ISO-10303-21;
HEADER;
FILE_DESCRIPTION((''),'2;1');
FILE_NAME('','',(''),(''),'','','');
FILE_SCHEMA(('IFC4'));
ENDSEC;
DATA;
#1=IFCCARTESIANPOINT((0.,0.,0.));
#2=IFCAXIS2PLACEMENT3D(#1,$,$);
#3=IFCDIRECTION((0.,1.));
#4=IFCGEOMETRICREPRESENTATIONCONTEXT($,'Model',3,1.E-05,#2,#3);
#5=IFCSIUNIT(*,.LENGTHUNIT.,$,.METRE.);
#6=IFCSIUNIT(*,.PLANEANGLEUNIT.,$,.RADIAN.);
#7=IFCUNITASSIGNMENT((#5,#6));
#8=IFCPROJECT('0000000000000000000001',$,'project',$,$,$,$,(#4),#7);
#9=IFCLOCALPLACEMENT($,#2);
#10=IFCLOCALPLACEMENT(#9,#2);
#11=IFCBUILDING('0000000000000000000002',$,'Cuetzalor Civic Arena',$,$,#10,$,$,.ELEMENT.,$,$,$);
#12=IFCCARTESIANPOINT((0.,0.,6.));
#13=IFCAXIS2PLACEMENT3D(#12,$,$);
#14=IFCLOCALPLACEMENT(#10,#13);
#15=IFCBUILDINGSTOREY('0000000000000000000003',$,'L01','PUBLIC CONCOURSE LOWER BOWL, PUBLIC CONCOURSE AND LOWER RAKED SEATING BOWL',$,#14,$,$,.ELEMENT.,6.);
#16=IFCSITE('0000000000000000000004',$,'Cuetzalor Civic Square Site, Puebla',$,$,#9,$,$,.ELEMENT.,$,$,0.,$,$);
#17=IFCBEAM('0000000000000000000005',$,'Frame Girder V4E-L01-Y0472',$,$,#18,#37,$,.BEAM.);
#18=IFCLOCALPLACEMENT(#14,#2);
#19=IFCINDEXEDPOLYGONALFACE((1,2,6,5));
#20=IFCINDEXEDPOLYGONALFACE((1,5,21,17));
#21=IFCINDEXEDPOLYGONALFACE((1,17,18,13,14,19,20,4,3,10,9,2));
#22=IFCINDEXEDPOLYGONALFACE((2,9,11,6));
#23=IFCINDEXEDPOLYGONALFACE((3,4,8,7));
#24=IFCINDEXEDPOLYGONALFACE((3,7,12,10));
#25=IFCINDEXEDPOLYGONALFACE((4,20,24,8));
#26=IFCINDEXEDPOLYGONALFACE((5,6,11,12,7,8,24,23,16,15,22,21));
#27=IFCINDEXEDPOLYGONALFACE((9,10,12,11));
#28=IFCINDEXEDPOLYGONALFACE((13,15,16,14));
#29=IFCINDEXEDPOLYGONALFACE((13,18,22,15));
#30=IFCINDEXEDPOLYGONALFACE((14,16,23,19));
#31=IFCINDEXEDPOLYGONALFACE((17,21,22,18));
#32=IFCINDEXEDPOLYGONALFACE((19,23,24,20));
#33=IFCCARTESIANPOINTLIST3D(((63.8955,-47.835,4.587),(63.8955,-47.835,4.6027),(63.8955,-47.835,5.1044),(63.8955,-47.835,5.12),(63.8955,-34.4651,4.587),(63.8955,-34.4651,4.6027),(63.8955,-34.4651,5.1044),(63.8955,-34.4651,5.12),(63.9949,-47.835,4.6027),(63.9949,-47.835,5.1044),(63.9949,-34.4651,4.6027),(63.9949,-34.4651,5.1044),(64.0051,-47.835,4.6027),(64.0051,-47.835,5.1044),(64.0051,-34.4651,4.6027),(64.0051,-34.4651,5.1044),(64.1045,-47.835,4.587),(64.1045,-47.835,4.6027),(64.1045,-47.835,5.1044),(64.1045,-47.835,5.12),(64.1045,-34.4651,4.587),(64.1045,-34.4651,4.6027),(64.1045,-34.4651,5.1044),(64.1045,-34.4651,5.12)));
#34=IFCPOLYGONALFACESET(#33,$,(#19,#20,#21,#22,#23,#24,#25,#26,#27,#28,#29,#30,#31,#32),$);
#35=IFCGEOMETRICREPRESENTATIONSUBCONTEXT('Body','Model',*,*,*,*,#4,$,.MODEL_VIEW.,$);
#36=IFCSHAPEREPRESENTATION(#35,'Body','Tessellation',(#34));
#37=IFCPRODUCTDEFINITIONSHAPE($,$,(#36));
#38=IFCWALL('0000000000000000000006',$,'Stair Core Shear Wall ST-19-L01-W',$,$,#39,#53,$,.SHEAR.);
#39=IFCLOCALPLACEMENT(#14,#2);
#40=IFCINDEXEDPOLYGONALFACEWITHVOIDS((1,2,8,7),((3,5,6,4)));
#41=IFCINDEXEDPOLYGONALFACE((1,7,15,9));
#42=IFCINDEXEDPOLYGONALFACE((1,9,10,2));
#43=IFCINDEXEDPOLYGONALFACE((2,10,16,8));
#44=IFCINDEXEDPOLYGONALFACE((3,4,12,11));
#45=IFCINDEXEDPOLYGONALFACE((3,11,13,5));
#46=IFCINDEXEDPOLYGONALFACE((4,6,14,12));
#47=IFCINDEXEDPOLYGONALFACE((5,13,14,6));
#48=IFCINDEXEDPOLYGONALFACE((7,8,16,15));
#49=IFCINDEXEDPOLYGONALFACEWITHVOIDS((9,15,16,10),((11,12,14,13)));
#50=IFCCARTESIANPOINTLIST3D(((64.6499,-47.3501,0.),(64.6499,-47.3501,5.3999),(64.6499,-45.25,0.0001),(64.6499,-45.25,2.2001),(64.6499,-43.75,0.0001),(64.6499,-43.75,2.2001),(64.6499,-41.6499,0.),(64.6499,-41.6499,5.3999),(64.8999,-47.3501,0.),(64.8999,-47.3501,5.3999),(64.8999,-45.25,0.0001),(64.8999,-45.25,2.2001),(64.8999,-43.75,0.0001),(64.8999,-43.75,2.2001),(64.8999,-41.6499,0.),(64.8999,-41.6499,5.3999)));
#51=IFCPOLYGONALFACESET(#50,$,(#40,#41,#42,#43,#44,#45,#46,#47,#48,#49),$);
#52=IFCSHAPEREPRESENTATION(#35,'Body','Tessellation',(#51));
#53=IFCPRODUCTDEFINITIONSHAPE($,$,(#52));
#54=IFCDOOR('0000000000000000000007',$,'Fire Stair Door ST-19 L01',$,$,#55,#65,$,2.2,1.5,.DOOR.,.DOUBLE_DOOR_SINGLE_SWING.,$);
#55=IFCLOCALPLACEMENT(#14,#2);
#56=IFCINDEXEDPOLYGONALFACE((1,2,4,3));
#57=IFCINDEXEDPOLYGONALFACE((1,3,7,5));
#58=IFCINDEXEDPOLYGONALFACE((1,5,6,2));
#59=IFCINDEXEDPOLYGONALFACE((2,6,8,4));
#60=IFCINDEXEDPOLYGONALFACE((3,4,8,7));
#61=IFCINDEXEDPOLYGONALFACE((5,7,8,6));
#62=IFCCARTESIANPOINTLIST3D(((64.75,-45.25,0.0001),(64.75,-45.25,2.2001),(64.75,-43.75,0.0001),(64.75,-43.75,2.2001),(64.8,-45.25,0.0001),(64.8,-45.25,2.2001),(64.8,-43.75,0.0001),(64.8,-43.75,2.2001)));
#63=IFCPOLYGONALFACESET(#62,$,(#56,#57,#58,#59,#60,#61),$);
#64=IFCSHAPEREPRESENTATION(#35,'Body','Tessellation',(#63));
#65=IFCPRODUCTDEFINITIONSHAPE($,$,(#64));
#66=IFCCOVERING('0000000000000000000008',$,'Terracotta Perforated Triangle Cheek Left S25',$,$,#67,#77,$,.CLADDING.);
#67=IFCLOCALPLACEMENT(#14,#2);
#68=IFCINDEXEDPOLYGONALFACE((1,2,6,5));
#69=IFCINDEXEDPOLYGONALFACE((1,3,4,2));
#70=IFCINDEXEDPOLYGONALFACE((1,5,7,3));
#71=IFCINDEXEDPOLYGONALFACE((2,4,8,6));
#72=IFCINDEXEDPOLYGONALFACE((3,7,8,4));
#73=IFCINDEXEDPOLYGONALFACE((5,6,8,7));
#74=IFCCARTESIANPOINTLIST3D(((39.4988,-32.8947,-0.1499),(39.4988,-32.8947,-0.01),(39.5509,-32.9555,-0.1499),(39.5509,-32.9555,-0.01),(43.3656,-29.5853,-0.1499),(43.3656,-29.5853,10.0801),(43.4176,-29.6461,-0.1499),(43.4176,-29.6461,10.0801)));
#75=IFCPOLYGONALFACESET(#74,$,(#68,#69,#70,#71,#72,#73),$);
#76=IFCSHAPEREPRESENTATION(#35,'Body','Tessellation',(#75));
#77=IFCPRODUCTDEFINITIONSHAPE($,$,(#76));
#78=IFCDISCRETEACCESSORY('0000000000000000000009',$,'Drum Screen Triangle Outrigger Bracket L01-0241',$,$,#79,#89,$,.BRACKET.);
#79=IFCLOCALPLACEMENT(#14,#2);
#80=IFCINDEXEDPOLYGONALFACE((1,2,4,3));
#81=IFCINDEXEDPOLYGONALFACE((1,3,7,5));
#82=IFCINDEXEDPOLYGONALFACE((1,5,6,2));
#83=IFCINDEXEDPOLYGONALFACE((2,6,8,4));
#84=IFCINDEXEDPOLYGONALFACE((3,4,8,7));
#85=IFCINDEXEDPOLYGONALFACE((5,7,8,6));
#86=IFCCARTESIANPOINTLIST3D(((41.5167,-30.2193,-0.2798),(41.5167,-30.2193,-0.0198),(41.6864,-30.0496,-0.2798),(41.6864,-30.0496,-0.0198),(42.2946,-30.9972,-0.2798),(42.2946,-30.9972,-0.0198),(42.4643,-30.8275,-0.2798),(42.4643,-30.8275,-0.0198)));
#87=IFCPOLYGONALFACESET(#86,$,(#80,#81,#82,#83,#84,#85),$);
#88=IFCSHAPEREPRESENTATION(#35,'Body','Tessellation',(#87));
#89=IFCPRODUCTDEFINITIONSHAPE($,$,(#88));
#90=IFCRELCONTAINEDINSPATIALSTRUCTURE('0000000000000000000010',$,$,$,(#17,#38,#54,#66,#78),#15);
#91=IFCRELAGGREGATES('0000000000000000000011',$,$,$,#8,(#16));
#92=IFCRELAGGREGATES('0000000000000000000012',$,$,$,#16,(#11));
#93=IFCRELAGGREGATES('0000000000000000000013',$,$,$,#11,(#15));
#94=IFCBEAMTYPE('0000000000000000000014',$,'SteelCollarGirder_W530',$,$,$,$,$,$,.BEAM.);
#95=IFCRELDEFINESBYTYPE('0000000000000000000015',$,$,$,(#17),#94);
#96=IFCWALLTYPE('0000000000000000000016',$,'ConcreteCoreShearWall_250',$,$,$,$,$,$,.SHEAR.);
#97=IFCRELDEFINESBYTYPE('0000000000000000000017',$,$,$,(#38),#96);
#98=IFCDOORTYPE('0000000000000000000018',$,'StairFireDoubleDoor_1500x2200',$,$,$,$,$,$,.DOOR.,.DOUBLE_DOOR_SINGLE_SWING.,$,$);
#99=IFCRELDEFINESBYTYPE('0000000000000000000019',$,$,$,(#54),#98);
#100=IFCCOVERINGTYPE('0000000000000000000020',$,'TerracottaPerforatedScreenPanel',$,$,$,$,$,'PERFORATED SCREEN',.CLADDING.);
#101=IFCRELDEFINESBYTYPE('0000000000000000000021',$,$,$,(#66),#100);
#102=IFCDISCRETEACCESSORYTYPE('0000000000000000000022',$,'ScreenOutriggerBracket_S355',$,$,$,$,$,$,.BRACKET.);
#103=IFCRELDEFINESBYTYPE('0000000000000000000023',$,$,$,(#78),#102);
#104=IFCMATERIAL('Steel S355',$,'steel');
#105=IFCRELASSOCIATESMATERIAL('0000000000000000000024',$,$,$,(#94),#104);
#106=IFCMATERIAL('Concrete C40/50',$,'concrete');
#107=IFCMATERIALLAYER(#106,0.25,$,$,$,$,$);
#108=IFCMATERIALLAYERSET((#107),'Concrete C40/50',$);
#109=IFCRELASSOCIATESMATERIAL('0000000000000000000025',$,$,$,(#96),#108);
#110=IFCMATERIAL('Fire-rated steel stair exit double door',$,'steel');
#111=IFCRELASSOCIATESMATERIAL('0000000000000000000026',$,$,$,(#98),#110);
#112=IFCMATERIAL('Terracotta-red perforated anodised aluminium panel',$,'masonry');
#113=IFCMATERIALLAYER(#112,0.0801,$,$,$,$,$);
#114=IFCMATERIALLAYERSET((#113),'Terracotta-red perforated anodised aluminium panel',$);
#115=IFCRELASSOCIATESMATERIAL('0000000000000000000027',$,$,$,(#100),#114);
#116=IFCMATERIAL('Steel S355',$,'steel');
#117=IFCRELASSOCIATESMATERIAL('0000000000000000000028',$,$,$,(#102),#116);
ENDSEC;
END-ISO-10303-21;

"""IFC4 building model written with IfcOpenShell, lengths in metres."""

from ifc_helpers import new_model, si_unit, direction, frame, frame_2d, origin, origin_2d, place, context, subcontext, project, spatial, polyline, rectangle, i_section, outline, extrude, material, layer, layer_set, material_profile, profile_set, type_object, element, fill, save


model = new_model("IFC4")

# Units and contexts
model_context = context("Model", 3, precision=1e-05, world=origin(), true_north=direction((0.0, 1.0)))
body_context = subcontext(model_context, "Body", "Model", "MODEL_VIEW")
ifc_project = project(units=[si_unit("LENGTHUNIT", "METRE"), si_unit("PLANEANGLEUNIT", "RADIAN")], contexts=[model_context])

# Site, building, storey
site_placement = place(None, origin())
site = spatial("IfcSite", under=ifc_project, at=site_placement, Name="Cuetzalor Civic Square Site, Puebla", CompositionType="ELEMENT", RefElevation=0.0)
building_placement = place(site_placement, origin())
building = spatial("IfcBuilding", under=site, at=building_placement, Name="Cuetzalor Civic Arena", CompositionType="ELEMENT")
storey_placement = place(building_placement, frame((0.0, 0.0, 6.0)))
storey = spatial("IfcBuildingStorey", under=building, at=storey_placement, Name="L01", Description="PUBLIC CONCOURSE LOWER BOWL, PUBLIC CONCOURSE AND LOWER RAKED SEATING BOWL", CompositionType="ELEMENT", Elevation=6.0)

# Beam
ifc_material_1 = material(Name="Steel S355", Category="steel")
ifc_material_profile_1 = material_profile(ifc_material_1, i_section(OverallWidth=0.209, OverallDepth=0.533, WebThickness=0.0103, FlangeThickness=0.0156, at=origin_2d()), Name="W530x92")
ifc_profile_set_1 = profile_set([ifc_material_profile_1], Name="Steel S355")
beam_type_1 = type_object("IfcBeamType", Name="SteelCollarGirder_W530", PredefinedType="BEAM", material=ifc_profile_set_1)
beam_1_placement = place(storey_placement, frame((64.0, -47.835, 4.8535), z_axis=(0.0, 1.0, 0.0), x_axis=(-1.0, 0.0, 0.0)))
element("IfcBeam", 1, at=beam_1_placement, inside=storey, type_object=beam_type_1, Name="Frame Girder V4E-L01-Y0472", PredefinedType="BEAM", context=body_context, shape_type="SweptSolid", body=[
    extrude(i_section(OverallWidth=0.209, OverallDepth=0.533, WebThickness=0.0103, FlangeThickness=0.0156, at=origin_2d()), origin(), (0.0, 0.0, 1.0), 13.3699),
])

# Wall, opening, door
ifc_material_2 = material(Name="Concrete C40/50", Category="concrete")
ifc_layer_1 = layer(ifc_material_2, 0.25)
ifc_layer_set_1 = layer_set([ifc_layer_1], Name="Concrete C40/50")
wall_type = type_object("IfcWallType", Name="ConcreteCoreShearWall_250", PredefinedType="SHEAR", material=ifc_layer_set_1)
wall_placement = place(storey_placement, frame((64.7749, -47.3501, 0.0), z_axis=(0.0, 0.0, 1.0), x_axis=(0.0, 1.0, 0.0)))
wall = element("IfcWall", 2, at=wall_placement, inside=storey, type_object=wall_type, Name="Stair Core Shear Wall ST-19-L01-W", PredefinedType="SHEAR", context=body_context, shape_type="SweptSolid", body=[
    extrude(rectangle(XDim=5.7002, YDim=0.25, at=frame_2d((2.8501, 0.0))), origin(), (0.0, 0.0, 1.0), 5.3999),
])
opening_placement = place(wall_placement, frame((2.1001, 0.0, 0.0)))
opening = element("IfcOpeningElement", 3, at=opening_placement, cuts=wall, PredefinedType="OPENING", context=body_context, shape_type="SweptSolid", body=[
    extrude(rectangle(XDim=1.5, YDim=2.2, at=frame_2d((0.75, 1.1001))), frame((0.0, 0.135, 0.0), z_axis=(0.0, -1.0, 0.0), x_axis=(1.0, 0.0, 0.0)), (0.0, 0.0, 1.0), 0.27),
])
ifc_material_3 = material(Name="Fire-rated steel stair exit double door", Category="steel")
door_type = type_object("IfcDoorType", Name="StairFireDoubleDoor_1500x2200", OperationType="DOUBLE_DOOR_SINGLE_SWING", PredefinedType="DOOR", material=ifc_material_3)
door_placement = place(opening_placement, origin())
door = element("IfcDoor", 4, at=door_placement, inside=storey, type_object=door_type, Name="Fire Stair Door ST-19 L01", OperationType="DOUBLE_DOOR_SINGLE_SWING", OverallHeight=2.2, OverallWidth=1.5, PredefinedType="DOOR", context=body_context, shape_type="SweptSolid", body=[
    extrude(rectangle(XDim=1.5, YDim=2.2, at=frame_2d((0.75, 1.1001))), frame((0.0, 0.0249, 0.0), z_axis=(0.0, -1.0, 0.0), x_axis=(1.0, 0.0, 0.0)), (0.0, 0.0, 1.0), 0.05),
])
fill(opening, door)

# Covering
ifc_material_4 = material(Name="Terracotta-red perforated anodised aluminium panel", Category="masonry")
ifc_layer_2 = layer(ifc_material_4, 0.0801)
ifc_layer_set_2 = layer_set([ifc_layer_2], Name="Terracotta-red perforated anodised aluminium panel")
covering_type = type_object("IfcCoveringType", Name="TerracottaPerforatedScreenPanel", ElementType="PERFORATED SCREEN", PredefinedType="CLADDING", material=ifc_layer_set_2)
covering_placement = place(storey_placement, frame((43.3916, -29.6157, -0.1499), z_axis=(0.0, 0.0, 1.0), x_axis=(-0.759741, -0.650226, 0.0)))
element("IfcCovering", 5, at=covering_placement, inside=storey, type_object=covering_type, Name="Terracotta Perforated Triangle Cheek Left S25", PredefinedType="CLADDING", context=body_context, shape_type="SweptSolid", body=[
    extrude(outline(polyline([(0.0, 0.0), (5.0896, 0.0), (5.0896, 0.1399), (0.0, 10.23), (0.0, 0.0)])), frame((0.0, 0.04, 0.0), z_axis=(0.0, -1.0, 0.0), x_axis=(1.0, 0.0, 0.0)), (0.0, 0.0, 1.0), 0.0801),
])

# Discrete accessory
ifc_material_5 = material(Name="Steel S355", Category="steel")
discrete_accessory_type = type_object("IfcDiscreteAccessoryType", Name="ScreenOutriggerBracket_S355", PredefinedType="BRACKET", material=ifc_material_5)
discrete_accessory_placement = place(storey_placement, frame((41.9905, -30.5234, -0.2798), z_axis=(0.0, 0.0, 1.0), x_axis=(0.707107, -0.707107, 0.0)))
element("IfcDiscreteAccessory", 6, at=discrete_accessory_placement, inside=storey, type_object=discrete_accessory_type, Name="Drum Screen Triangle Outrigger Bracket L01-0241", PredefinedType="BRACKET", context=body_context, shape_type="SweptSolid", body=[
    extrude(rectangle(XDim=1.1001, YDim=0.24, at=origin_2d()), origin(), (0.0, 0.0, 1.0), 0.26),
])

save(model, "model.ifc")
